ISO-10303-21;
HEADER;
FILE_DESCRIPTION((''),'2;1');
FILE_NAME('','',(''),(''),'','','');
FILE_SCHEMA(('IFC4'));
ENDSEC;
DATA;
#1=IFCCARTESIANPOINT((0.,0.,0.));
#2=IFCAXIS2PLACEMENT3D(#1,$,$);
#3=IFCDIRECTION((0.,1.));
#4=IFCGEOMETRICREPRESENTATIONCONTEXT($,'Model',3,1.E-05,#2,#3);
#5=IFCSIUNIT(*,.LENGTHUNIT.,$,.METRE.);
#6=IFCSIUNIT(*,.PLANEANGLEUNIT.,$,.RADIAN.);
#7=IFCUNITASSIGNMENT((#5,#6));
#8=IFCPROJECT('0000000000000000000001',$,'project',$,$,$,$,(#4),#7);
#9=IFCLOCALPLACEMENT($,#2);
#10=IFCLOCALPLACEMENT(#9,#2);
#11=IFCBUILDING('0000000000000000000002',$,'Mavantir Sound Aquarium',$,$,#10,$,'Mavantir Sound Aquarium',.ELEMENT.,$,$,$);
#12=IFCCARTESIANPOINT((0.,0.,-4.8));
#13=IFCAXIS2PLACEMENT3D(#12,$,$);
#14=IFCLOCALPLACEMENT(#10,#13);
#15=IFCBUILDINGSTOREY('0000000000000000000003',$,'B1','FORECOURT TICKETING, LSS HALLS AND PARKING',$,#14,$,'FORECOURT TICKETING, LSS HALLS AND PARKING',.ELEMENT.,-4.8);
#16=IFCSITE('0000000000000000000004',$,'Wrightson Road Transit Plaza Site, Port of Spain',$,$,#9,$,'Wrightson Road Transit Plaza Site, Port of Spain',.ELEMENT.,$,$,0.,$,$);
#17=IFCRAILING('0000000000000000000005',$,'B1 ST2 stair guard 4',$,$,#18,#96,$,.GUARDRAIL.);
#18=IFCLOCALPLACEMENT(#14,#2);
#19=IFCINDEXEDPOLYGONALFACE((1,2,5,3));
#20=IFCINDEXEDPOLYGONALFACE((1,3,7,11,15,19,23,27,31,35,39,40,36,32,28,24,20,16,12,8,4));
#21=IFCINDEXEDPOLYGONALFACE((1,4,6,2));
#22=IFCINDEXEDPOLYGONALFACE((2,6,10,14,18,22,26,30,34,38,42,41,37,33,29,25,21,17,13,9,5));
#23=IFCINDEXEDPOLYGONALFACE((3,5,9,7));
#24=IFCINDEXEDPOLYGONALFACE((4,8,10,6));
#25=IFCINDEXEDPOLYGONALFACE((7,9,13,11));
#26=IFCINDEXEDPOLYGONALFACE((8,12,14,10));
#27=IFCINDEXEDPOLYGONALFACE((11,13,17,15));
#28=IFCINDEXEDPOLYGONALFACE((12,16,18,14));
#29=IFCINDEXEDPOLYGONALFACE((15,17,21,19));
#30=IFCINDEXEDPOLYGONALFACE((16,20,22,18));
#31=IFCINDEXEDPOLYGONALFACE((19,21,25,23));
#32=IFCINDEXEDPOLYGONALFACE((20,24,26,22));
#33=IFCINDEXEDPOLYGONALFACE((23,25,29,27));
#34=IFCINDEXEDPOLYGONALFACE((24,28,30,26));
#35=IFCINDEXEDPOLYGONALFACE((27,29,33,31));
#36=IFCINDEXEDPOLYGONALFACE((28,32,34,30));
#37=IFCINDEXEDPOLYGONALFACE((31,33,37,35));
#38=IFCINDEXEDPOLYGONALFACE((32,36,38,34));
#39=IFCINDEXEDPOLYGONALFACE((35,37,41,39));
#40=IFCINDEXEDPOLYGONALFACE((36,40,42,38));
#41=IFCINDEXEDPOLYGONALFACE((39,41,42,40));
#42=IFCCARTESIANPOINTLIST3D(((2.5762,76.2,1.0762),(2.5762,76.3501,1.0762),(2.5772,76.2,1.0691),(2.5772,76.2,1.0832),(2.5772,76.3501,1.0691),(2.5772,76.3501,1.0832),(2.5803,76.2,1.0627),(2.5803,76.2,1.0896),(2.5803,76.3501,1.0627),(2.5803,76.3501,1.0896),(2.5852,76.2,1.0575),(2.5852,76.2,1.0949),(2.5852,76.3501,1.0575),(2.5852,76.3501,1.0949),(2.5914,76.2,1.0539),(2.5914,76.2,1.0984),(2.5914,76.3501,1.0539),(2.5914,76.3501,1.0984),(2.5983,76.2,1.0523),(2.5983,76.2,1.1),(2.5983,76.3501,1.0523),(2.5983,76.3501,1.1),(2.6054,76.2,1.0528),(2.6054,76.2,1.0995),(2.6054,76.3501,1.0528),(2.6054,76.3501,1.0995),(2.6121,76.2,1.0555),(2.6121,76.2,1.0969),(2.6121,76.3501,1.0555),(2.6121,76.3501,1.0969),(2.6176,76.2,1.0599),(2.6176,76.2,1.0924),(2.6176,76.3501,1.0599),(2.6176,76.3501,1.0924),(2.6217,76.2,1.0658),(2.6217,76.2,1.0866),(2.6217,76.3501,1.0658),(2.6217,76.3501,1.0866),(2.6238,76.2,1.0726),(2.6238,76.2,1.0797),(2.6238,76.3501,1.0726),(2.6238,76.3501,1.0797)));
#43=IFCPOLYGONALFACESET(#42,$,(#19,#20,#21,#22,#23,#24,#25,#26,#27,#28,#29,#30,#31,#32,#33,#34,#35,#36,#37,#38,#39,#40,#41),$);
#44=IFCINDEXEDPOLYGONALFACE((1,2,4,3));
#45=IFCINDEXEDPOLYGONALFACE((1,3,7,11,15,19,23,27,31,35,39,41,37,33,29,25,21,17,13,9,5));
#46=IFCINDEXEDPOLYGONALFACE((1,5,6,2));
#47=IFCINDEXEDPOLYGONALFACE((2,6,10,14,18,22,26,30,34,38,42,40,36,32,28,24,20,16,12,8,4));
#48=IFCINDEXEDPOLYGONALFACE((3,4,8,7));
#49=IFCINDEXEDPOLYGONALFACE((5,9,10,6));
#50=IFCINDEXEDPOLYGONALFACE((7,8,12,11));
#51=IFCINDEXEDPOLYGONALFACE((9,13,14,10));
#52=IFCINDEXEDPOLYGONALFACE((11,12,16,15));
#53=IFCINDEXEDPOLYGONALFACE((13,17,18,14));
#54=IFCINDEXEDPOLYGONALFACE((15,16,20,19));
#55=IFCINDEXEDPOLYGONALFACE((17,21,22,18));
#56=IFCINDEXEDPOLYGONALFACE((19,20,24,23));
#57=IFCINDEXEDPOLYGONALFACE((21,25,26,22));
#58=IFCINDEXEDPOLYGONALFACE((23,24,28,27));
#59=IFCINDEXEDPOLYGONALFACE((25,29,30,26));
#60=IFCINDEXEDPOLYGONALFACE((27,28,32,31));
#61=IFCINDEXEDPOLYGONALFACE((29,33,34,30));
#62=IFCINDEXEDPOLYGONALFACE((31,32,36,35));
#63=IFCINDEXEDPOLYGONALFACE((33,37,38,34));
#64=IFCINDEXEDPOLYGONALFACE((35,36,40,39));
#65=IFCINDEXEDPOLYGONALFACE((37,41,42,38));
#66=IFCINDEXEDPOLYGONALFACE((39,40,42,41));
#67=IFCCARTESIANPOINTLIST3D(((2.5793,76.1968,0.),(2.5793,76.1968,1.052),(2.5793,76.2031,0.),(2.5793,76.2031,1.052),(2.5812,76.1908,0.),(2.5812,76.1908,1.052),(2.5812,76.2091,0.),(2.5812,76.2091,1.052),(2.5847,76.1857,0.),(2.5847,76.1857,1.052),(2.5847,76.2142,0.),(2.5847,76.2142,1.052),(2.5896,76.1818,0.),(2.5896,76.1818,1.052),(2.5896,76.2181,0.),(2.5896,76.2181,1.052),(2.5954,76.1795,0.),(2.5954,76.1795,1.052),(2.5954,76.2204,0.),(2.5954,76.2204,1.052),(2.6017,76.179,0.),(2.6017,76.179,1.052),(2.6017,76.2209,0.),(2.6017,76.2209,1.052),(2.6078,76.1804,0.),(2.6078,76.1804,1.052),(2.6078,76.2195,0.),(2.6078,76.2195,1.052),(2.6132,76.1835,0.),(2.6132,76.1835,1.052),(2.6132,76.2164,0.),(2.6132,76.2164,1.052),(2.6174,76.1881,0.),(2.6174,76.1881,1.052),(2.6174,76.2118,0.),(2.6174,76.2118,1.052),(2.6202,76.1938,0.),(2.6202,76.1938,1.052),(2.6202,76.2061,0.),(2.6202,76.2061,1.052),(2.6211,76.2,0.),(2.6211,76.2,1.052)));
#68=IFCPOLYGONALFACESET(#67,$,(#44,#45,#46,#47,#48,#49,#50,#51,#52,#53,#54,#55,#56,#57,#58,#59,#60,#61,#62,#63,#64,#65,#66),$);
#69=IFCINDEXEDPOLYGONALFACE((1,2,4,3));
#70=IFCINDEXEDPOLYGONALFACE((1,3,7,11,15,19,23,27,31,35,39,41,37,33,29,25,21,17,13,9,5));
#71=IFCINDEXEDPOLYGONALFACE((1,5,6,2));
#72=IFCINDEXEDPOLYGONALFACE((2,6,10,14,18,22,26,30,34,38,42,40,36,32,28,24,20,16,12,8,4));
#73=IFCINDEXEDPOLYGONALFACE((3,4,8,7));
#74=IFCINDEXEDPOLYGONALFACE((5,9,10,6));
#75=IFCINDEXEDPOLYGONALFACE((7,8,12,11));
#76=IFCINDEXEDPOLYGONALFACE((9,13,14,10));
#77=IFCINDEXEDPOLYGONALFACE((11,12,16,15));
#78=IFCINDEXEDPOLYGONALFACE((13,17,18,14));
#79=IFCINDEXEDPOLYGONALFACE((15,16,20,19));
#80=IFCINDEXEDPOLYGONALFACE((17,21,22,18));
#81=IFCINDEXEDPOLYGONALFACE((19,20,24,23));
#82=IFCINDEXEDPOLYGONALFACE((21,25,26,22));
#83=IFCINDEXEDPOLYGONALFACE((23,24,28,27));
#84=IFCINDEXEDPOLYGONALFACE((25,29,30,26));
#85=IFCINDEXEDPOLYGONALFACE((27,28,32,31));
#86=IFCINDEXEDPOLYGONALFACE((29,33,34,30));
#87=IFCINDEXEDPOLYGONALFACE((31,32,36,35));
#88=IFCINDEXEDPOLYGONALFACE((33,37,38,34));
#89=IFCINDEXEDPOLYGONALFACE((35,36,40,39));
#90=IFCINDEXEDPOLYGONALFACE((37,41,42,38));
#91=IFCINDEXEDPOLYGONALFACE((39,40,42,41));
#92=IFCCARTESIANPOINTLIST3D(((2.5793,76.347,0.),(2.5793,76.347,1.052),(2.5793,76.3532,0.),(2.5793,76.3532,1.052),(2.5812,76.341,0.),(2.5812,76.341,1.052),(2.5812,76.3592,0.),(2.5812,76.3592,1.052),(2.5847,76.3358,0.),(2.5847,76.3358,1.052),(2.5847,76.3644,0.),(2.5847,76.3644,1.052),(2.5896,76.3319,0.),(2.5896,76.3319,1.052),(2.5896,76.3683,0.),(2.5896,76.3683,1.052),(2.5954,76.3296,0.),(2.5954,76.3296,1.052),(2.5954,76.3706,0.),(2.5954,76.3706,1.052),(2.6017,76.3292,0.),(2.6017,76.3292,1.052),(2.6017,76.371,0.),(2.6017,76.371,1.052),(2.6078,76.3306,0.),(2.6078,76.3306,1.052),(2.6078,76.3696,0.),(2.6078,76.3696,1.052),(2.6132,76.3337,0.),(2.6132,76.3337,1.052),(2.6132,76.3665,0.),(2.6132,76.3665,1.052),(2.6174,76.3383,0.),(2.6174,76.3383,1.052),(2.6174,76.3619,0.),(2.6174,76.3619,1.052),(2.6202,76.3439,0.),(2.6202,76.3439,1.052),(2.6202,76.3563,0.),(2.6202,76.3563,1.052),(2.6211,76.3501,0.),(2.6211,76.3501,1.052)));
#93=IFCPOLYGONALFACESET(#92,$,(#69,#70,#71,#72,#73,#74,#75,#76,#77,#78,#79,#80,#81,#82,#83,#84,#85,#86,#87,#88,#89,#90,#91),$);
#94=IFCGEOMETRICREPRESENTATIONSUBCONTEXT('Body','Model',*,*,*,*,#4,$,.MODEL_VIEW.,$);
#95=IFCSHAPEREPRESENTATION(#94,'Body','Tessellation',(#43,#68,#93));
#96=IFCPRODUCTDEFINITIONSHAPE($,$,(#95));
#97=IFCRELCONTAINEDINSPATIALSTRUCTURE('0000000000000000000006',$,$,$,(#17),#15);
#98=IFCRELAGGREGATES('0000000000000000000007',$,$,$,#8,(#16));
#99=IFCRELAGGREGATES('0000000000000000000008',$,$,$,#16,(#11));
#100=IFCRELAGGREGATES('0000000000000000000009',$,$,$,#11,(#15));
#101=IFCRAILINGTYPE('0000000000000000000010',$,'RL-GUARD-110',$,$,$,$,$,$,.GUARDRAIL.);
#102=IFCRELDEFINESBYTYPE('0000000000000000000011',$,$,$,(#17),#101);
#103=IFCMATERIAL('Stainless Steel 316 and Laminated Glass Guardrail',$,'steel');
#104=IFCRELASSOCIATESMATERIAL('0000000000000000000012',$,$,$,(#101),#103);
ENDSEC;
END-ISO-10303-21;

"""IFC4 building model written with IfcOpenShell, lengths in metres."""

from ifc_helpers import new_model, si_unit, direction, frame, origin, origin_2d, place, context, subcontext, project, spatial, circle, extrude, material, type_object, element, save


model = new_model("IFC4")

# Units and contexts
model_context = context("Model", 3, precision=1e-05, world=origin(), true_north=direction((0.0, 1.0)))
body_context = subcontext(model_context, "Body", "Model", "MODEL_VIEW")
ifc_project = project(units=[si_unit("LENGTHUNIT", "METRE"), si_unit("PLANEANGLEUNIT", "RADIAN")], contexts=[model_context])

# Site, building, storey
site_placement = place(None, origin())
site = spatial("IfcSite", under=ifc_project, at=site_placement, Name="Wrightson Road Transit Plaza Site, Port of Spain", LongName="Wrightson Road Transit Plaza Site, Port of Spain", CompositionType="ELEMENT", RefElevation=0.0)
building_placement = place(site_placement, origin())
building = spatial("IfcBuilding", under=site, at=building_placement, Name="Mavantir Sound Aquarium", LongName="Mavantir Sound Aquarium", CompositionType="ELEMENT")
storey_placement = place(building_placement, frame((0.0, 0.0, -4.8)))
storey = spatial("IfcBuildingStorey", under=building, at=storey_placement, Name="B1", Description="FORECOURT TICKETING, LSS HALLS AND PARKING", LongName="FORECOURT TICKETING, LSS HALLS AND PARKING", CompositionType="ELEMENT", Elevation=-4.8)

# Railing
ifc_material_1 = material(Name="Stainless Steel 316 and Laminated Glass Guardrail", Category="steel")
railing_type_1 = type_object("IfcRailingType", Name="RL-GUARD-110", PredefinedType="GUARDRAIL", material=ifc_material_1)
railing_1_placement = place(storey_placement, frame((2.6001, 76.2, 0.0)))
element("IfcRailing", 1, at=railing_1_placement, inside=storey, type_object=railing_type_1, Name="B1 ST2 stair guard 4", PredefinedType="GUARDRAIL", context=body_context, shape_type="SweptSolid", body=[
    extrude(circle(Radius=0.0239, at=origin_2d()), frame((0.0, 0.0, 1.0762), z_axis=(0.0, 1.0, 0.0), x_axis=(-1.0, 0.0, 0.0)), (0.0, 0.0, 1.0), 0.1501),
    extrude(circle(Radius=0.021, at=origin_2d()), origin(), (0.0, 0.0, 1.0), 1.052),
    extrude(circle(Radius=0.021, at=origin_2d()), frame((0.0, 0.1501, 0.0)), (0.0, 0.0, 1.0), 1.052),
])

save(model, "model.ifc")
